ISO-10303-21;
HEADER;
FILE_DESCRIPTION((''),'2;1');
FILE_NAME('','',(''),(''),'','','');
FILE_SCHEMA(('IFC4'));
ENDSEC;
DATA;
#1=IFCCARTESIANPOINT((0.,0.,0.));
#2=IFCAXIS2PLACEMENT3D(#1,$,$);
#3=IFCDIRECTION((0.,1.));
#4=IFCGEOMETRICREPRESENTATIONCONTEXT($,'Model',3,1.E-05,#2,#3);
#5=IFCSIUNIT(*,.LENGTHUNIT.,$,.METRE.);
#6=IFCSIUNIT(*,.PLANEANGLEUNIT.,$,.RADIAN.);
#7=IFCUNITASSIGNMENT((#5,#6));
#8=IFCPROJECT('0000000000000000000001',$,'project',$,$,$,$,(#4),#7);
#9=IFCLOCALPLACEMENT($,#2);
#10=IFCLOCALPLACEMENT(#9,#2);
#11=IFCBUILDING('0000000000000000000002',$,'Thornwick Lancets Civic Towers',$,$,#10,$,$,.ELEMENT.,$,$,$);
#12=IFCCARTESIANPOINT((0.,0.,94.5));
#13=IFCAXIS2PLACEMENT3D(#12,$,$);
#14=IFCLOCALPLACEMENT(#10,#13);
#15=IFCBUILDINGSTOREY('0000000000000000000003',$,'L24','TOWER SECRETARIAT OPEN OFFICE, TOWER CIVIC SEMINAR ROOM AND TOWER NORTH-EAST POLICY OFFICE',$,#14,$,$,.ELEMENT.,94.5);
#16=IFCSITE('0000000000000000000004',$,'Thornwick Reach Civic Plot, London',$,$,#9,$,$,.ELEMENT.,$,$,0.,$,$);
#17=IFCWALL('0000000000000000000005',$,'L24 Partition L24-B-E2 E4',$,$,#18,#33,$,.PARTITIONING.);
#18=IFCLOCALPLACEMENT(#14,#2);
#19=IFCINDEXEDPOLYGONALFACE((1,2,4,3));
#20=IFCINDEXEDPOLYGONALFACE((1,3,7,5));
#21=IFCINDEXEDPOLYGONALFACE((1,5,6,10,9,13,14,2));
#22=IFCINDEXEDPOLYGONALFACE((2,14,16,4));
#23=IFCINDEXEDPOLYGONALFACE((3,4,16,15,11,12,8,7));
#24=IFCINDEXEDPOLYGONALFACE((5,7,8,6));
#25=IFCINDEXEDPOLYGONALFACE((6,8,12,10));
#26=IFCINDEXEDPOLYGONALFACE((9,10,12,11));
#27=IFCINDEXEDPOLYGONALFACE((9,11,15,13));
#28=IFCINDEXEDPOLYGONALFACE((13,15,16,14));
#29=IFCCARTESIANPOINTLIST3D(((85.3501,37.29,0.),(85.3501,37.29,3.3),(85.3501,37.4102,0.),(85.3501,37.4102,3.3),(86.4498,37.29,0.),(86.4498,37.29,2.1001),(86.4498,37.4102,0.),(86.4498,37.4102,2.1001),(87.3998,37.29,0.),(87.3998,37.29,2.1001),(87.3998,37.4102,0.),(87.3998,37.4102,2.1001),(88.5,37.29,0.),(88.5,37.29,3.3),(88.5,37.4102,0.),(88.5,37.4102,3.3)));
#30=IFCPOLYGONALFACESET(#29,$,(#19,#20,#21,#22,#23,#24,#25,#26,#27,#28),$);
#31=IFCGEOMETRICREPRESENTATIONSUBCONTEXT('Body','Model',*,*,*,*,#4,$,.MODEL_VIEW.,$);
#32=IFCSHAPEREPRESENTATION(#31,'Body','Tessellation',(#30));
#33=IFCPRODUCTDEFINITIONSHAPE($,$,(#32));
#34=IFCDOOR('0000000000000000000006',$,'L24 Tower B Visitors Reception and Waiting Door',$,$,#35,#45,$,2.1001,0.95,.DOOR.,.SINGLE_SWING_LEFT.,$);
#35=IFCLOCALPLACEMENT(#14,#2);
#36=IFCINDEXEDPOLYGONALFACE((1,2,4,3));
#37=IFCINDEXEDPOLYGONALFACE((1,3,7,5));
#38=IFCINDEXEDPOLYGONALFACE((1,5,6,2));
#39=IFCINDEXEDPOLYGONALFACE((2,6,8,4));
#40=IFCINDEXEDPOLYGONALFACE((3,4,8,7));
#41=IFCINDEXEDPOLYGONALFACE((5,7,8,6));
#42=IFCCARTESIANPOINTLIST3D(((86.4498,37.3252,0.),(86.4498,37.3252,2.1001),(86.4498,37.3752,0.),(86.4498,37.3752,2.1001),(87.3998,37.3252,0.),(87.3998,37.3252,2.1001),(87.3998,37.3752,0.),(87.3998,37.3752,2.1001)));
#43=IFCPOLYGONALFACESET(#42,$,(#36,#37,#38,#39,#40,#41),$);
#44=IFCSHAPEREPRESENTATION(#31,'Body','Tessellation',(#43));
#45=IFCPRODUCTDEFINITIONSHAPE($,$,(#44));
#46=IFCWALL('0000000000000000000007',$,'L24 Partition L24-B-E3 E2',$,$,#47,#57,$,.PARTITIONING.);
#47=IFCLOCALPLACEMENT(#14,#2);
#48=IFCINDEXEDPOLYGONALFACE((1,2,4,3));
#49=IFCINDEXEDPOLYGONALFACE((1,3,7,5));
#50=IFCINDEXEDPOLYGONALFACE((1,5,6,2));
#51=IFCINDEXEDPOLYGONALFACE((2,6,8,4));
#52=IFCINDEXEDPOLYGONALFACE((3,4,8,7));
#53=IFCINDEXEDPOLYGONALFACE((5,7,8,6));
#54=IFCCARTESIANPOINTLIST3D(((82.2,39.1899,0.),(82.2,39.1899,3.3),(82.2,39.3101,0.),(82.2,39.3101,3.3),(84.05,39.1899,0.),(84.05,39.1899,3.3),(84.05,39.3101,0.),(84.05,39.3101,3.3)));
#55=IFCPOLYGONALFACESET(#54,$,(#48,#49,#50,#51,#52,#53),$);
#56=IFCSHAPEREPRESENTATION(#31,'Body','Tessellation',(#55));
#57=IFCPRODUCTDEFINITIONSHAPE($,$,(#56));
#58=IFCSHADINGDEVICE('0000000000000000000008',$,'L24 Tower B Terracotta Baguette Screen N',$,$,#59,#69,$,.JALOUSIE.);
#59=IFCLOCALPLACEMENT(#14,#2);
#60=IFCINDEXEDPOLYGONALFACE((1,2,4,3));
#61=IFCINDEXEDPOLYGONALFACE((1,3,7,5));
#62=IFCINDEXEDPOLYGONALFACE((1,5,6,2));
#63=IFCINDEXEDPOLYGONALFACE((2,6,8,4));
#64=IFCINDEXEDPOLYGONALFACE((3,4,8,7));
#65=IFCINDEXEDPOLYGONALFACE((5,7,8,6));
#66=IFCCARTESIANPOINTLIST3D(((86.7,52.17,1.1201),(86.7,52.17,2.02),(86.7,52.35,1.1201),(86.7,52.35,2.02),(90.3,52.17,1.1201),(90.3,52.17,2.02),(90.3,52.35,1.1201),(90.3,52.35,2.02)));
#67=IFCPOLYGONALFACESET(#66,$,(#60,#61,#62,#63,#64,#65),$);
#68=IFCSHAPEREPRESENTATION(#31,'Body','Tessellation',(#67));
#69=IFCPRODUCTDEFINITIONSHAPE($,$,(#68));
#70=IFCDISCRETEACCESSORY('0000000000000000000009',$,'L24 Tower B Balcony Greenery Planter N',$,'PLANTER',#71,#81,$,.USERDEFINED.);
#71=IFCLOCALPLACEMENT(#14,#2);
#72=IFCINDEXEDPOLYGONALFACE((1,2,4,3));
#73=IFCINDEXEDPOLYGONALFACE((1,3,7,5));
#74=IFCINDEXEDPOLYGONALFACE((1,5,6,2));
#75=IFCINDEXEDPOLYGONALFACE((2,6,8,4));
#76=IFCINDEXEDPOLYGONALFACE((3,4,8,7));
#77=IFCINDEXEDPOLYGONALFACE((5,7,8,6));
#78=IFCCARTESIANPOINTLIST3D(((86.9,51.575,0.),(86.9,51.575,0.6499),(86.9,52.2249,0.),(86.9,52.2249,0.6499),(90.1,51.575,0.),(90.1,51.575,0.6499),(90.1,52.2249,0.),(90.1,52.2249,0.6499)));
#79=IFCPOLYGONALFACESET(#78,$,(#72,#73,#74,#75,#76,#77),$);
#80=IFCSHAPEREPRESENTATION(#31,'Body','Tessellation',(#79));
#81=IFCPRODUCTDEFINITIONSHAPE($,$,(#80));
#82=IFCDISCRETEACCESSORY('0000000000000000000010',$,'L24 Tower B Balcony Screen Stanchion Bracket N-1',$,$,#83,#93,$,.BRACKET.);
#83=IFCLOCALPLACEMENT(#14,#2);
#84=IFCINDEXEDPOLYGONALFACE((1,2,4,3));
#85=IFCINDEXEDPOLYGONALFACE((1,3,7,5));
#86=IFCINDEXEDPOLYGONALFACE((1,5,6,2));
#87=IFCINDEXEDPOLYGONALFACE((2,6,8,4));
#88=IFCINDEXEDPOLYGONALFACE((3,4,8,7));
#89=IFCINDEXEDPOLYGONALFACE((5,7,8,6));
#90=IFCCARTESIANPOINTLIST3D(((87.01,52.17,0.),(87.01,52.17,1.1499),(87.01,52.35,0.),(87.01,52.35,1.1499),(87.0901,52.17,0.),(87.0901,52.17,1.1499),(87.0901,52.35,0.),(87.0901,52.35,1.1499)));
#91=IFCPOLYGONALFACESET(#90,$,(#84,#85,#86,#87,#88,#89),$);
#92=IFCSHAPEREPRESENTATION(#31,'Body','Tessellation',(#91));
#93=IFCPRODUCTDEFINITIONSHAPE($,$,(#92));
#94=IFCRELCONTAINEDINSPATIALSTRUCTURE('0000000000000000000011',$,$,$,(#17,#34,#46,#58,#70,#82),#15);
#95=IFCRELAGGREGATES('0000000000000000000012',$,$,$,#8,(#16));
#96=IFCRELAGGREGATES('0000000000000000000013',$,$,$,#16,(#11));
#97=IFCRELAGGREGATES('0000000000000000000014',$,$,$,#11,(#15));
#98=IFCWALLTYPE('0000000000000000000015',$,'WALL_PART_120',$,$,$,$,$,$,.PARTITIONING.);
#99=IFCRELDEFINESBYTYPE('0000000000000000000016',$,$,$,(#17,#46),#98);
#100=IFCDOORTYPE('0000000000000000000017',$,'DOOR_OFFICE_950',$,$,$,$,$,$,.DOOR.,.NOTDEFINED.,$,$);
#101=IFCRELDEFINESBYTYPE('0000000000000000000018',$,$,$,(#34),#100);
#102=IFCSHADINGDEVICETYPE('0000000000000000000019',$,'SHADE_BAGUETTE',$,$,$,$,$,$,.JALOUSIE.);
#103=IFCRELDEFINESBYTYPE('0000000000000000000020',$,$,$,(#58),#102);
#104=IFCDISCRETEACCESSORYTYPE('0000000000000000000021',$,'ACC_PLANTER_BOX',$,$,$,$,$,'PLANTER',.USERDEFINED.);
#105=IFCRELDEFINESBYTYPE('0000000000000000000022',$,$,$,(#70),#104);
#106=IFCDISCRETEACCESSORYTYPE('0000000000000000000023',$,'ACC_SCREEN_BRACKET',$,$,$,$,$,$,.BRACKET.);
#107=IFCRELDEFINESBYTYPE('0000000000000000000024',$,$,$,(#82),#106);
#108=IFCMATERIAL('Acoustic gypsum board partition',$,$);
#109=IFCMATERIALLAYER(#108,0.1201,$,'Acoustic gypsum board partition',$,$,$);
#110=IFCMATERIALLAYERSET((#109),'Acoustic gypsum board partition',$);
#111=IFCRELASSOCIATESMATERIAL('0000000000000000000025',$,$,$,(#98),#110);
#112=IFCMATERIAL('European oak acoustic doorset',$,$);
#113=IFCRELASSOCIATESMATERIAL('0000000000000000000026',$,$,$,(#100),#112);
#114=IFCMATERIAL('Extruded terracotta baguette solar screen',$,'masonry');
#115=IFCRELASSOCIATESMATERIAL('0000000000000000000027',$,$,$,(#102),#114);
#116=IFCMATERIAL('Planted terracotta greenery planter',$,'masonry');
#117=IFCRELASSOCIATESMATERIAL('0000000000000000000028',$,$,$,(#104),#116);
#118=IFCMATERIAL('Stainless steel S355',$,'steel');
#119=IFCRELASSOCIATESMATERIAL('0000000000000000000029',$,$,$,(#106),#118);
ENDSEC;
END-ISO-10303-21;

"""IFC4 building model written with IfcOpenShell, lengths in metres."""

from ifc_helpers import new_model, si_unit, direction, frame, frame_2d, origin, origin_2d, place, context, subcontext, project, spatial, rectangle, extrude, material, layer, layer_set, type_object, element, fill, save


model = new_model("IFC4")

# Units and contexts
model_context = context("Model", 3, precision=1e-05, world=origin(), true_north=direction((0.0, 1.0)))
body_context = subcontext(model_context, "Body", "Model", "MODEL_VIEW")
ifc_project = project(units=[si_unit("LENGTHUNIT", "METRE"), si_unit("PLANEANGLEUNIT", "RADIAN")], contexts=[model_context])

# Site, building, storey
site_placement = place(None, origin())
site = spatial("IfcSite", under=ifc_project, at=site_placement, Name="Thornwick Reach Civic Plot, London", CompositionType="ELEMENT", RefElevation=0.0)
building_placement = place(site_placement, origin())
building = spatial("IfcBuilding", under=site, at=building_placement, Name="Thornwick Lancets Civic Towers", CompositionType="ELEMENT")
storey_placement = place(building_placement, frame((0.0, 0.0, 94.5)))
storey = spatial("IfcBuildingStorey", under=building, at=storey_placement, Name="L24", Description="TOWER SECRETARIAT OPEN OFFICE, TOWER CIVIC SEMINAR ROOM AND TOWER NORTH-EAST POLICY OFFICE", CompositionType="ELEMENT", Elevation=94.5)

# Shared definitions
ifc_material_1 = material(Name="Acoustic gypsum board partition")
ifc_layer = layer(ifc_material_1, 0.1201, Name="Acoustic gypsum board partition")
ifc_layer_set = layer_set([ifc_layer], Name="Acoustic gypsum board partition")
wall_type = type_object("IfcWallType", Name="WALL_PART_120", PredefinedType="PARTITIONING", material=ifc_layer_set)

# Wall, opening, door
wall_1_placement = place(storey_placement, frame((88.5, 37.3501, 0.0), z_axis=(0.0, 0.0, 1.0), x_axis=(-1.0, 0.0, 0.0)))
wall_1 = element("IfcWall", 1, at=wall_1_placement, inside=storey, type_object=wall_type, Name="L24 Partition L24-B-E2 E4", PredefinedType="PARTITIONING", context=body_context, shape_type="SweptSolid", body=[
    extrude(rectangle(XDim=3.1499, YDim=0.1201, at=frame_2d((1.575, 0.0))), origin(), (0.0, 0.0, 1.0), 3.3),
])
opening_1_placement = place(wall_1_placement, frame((1.1001, 0.0, 0.0)))
opening_1 = element("IfcOpeningElement", 2, at=opening_1_placement, cuts=wall_1, PredefinedType="OPENING", context=body_context, shape_type="SweptSolid", body=[
    extrude(rectangle(XDim=0.95, YDim=2.1001, at=frame_2d((0.4751, 1.05))), frame((0.0, 0.0701, 0.0), z_axis=(0.0, -1.0, 0.0), x_axis=(1.0, 0.0, 0.0)), (0.0, 0.0, 1.0), 0.1401),
])
ifc_material_2 = material(Name="European oak acoustic doorset")
door_type_1 = type_object("IfcDoorType", Name="DOOR_OFFICE_950", OperationType="NOTDEFINED", PredefinedType="DOOR", material=ifc_material_2)
door_1_placement = place(opening_1_placement, origin())
door_1 = element("IfcDoor", 3, at=door_1_placement, inside=storey, type_object=door_type_1, Name="L24 Tower B Visitors Reception and Waiting Door", OperationType="SINGLE_SWING_LEFT", OverallHeight=2.1001, OverallWidth=0.95, PredefinedType="DOOR", context=body_context, shape_type="SweptSolid", body=[
    extrude(rectangle(XDim=0.95, YDim=2.1001, at=frame_2d((0.4751, 1.05))), frame((0.0, 0.0249, 0.0), z_axis=(0.0, -1.0, 0.0), x_axis=(1.0, 0.0, 0.0)), (0.0, 0.0, 1.0), 0.05),
])
fill(opening_1, door_1)

# Wall
wall_2_placement = place(storey_placement, frame((84.05, 39.25, 0.0), z_axis=(0.0, 0.0, 1.0), x_axis=(-1.0, 0.0, 0.0)))
element("IfcWall", 4, at=wall_2_placement, inside=storey, type_object=wall_type, Name="L24 Partition L24-B-E3 E2", PredefinedType="PARTITIONING", context=body_context, shape_type="SweptSolid", body=[
    extrude(rectangle(XDim=1.8501, YDim=0.1201, at=frame_2d((0.925, 0.0))), origin(), (0.0, 0.0, 1.0), 3.3),
])

# Shading device
ifc_material_3 = material(Name="Extruded terracotta baguette solar screen", Category="masonry")
shading_device_type = type_object("IfcShadingDeviceType", Name="SHADE_BAGUETTE", PredefinedType="JALOUSIE", material=ifc_material_3)
shading_device_placement = place(storey_placement, frame((88.5, 52.26, 1.1201), z_axis=(0.0, 0.0, 1.0), x_axis=(1.0, 0.0, 0.0)))
element("IfcShadingDevice", 5, at=shading_device_placement, inside=storey, type_object=shading_device_type, Name="L24 Tower B Terracotta Baguette Screen N", PredefinedType="JALOUSIE", context=body_context, shape_type="SweptSolid", body=[
    extrude(rectangle(XDim=3.6001, YDim=0.1799, at=origin_2d()), origin(), (0.0, 0.0, 1.0), 0.8999),
])

# Discrete accessories
ifc_material_4 = material(Name="Planted terracotta greenery planter", Category="masonry")
discrete_accessory_type_1 = type_object("IfcDiscreteAccessoryType", Name="ACC_PLANTER_BOX", ElementType="PLANTER", PredefinedType="USERDEFINED", material=ifc_material_4)
discrete_accessory_1_placement = place(storey_placement, frame((88.5, 51.8999, 0.0), z_axis=(0.0, 0.0, 1.0), x_axis=(1.0, 0.0, 0.0)))
element("IfcDiscreteAccessory", 6, at=discrete_accessory_1_placement, inside=storey, type_object=discrete_accessory_type_1, Name="L24 Tower B Balcony Greenery Planter N", ObjectType="PLANTER", PredefinedType="USERDEFINED", context=body_context, shape_type="SweptSolid", body=[
    extrude(rectangle(XDim=3.2, YDim=0.6499, at=origin_2d()), origin(), (0.0, 0.0, 1.0), 0.6499),
])
ifc_material_5 = material(Name="Stainless steel S355", Category="steel")
discrete_accessory_type_2 = type_object("IfcDiscreteAccessoryType", Name="ACC_SCREEN_BRACKET", PredefinedType="BRACKET", material=ifc_material_5)
discrete_accessory_2_placement = place(storey_placement, frame((87.05, 52.26, 0.0), z_axis=(0.0, 0.0, 1.0), x_axis=(1.0, 0.0, 0.0)))
element("IfcDiscreteAccessory", 7, at=discrete_accessory_2_placement, inside=storey, type_object=discrete_accessory_type_2, Name="L24 Tower B Balcony Screen Stanchion Bracket N-1", PredefinedType="BRACKET", context=body_context, shape_type="SweptSolid", body=[
    extrude(rectangle(XDim=0.0801, YDim=0.1799, at=origin_2d()), origin(), (0.0, 0.0, 1.0), 1.1499),
])

save(model, "model.ifc")
